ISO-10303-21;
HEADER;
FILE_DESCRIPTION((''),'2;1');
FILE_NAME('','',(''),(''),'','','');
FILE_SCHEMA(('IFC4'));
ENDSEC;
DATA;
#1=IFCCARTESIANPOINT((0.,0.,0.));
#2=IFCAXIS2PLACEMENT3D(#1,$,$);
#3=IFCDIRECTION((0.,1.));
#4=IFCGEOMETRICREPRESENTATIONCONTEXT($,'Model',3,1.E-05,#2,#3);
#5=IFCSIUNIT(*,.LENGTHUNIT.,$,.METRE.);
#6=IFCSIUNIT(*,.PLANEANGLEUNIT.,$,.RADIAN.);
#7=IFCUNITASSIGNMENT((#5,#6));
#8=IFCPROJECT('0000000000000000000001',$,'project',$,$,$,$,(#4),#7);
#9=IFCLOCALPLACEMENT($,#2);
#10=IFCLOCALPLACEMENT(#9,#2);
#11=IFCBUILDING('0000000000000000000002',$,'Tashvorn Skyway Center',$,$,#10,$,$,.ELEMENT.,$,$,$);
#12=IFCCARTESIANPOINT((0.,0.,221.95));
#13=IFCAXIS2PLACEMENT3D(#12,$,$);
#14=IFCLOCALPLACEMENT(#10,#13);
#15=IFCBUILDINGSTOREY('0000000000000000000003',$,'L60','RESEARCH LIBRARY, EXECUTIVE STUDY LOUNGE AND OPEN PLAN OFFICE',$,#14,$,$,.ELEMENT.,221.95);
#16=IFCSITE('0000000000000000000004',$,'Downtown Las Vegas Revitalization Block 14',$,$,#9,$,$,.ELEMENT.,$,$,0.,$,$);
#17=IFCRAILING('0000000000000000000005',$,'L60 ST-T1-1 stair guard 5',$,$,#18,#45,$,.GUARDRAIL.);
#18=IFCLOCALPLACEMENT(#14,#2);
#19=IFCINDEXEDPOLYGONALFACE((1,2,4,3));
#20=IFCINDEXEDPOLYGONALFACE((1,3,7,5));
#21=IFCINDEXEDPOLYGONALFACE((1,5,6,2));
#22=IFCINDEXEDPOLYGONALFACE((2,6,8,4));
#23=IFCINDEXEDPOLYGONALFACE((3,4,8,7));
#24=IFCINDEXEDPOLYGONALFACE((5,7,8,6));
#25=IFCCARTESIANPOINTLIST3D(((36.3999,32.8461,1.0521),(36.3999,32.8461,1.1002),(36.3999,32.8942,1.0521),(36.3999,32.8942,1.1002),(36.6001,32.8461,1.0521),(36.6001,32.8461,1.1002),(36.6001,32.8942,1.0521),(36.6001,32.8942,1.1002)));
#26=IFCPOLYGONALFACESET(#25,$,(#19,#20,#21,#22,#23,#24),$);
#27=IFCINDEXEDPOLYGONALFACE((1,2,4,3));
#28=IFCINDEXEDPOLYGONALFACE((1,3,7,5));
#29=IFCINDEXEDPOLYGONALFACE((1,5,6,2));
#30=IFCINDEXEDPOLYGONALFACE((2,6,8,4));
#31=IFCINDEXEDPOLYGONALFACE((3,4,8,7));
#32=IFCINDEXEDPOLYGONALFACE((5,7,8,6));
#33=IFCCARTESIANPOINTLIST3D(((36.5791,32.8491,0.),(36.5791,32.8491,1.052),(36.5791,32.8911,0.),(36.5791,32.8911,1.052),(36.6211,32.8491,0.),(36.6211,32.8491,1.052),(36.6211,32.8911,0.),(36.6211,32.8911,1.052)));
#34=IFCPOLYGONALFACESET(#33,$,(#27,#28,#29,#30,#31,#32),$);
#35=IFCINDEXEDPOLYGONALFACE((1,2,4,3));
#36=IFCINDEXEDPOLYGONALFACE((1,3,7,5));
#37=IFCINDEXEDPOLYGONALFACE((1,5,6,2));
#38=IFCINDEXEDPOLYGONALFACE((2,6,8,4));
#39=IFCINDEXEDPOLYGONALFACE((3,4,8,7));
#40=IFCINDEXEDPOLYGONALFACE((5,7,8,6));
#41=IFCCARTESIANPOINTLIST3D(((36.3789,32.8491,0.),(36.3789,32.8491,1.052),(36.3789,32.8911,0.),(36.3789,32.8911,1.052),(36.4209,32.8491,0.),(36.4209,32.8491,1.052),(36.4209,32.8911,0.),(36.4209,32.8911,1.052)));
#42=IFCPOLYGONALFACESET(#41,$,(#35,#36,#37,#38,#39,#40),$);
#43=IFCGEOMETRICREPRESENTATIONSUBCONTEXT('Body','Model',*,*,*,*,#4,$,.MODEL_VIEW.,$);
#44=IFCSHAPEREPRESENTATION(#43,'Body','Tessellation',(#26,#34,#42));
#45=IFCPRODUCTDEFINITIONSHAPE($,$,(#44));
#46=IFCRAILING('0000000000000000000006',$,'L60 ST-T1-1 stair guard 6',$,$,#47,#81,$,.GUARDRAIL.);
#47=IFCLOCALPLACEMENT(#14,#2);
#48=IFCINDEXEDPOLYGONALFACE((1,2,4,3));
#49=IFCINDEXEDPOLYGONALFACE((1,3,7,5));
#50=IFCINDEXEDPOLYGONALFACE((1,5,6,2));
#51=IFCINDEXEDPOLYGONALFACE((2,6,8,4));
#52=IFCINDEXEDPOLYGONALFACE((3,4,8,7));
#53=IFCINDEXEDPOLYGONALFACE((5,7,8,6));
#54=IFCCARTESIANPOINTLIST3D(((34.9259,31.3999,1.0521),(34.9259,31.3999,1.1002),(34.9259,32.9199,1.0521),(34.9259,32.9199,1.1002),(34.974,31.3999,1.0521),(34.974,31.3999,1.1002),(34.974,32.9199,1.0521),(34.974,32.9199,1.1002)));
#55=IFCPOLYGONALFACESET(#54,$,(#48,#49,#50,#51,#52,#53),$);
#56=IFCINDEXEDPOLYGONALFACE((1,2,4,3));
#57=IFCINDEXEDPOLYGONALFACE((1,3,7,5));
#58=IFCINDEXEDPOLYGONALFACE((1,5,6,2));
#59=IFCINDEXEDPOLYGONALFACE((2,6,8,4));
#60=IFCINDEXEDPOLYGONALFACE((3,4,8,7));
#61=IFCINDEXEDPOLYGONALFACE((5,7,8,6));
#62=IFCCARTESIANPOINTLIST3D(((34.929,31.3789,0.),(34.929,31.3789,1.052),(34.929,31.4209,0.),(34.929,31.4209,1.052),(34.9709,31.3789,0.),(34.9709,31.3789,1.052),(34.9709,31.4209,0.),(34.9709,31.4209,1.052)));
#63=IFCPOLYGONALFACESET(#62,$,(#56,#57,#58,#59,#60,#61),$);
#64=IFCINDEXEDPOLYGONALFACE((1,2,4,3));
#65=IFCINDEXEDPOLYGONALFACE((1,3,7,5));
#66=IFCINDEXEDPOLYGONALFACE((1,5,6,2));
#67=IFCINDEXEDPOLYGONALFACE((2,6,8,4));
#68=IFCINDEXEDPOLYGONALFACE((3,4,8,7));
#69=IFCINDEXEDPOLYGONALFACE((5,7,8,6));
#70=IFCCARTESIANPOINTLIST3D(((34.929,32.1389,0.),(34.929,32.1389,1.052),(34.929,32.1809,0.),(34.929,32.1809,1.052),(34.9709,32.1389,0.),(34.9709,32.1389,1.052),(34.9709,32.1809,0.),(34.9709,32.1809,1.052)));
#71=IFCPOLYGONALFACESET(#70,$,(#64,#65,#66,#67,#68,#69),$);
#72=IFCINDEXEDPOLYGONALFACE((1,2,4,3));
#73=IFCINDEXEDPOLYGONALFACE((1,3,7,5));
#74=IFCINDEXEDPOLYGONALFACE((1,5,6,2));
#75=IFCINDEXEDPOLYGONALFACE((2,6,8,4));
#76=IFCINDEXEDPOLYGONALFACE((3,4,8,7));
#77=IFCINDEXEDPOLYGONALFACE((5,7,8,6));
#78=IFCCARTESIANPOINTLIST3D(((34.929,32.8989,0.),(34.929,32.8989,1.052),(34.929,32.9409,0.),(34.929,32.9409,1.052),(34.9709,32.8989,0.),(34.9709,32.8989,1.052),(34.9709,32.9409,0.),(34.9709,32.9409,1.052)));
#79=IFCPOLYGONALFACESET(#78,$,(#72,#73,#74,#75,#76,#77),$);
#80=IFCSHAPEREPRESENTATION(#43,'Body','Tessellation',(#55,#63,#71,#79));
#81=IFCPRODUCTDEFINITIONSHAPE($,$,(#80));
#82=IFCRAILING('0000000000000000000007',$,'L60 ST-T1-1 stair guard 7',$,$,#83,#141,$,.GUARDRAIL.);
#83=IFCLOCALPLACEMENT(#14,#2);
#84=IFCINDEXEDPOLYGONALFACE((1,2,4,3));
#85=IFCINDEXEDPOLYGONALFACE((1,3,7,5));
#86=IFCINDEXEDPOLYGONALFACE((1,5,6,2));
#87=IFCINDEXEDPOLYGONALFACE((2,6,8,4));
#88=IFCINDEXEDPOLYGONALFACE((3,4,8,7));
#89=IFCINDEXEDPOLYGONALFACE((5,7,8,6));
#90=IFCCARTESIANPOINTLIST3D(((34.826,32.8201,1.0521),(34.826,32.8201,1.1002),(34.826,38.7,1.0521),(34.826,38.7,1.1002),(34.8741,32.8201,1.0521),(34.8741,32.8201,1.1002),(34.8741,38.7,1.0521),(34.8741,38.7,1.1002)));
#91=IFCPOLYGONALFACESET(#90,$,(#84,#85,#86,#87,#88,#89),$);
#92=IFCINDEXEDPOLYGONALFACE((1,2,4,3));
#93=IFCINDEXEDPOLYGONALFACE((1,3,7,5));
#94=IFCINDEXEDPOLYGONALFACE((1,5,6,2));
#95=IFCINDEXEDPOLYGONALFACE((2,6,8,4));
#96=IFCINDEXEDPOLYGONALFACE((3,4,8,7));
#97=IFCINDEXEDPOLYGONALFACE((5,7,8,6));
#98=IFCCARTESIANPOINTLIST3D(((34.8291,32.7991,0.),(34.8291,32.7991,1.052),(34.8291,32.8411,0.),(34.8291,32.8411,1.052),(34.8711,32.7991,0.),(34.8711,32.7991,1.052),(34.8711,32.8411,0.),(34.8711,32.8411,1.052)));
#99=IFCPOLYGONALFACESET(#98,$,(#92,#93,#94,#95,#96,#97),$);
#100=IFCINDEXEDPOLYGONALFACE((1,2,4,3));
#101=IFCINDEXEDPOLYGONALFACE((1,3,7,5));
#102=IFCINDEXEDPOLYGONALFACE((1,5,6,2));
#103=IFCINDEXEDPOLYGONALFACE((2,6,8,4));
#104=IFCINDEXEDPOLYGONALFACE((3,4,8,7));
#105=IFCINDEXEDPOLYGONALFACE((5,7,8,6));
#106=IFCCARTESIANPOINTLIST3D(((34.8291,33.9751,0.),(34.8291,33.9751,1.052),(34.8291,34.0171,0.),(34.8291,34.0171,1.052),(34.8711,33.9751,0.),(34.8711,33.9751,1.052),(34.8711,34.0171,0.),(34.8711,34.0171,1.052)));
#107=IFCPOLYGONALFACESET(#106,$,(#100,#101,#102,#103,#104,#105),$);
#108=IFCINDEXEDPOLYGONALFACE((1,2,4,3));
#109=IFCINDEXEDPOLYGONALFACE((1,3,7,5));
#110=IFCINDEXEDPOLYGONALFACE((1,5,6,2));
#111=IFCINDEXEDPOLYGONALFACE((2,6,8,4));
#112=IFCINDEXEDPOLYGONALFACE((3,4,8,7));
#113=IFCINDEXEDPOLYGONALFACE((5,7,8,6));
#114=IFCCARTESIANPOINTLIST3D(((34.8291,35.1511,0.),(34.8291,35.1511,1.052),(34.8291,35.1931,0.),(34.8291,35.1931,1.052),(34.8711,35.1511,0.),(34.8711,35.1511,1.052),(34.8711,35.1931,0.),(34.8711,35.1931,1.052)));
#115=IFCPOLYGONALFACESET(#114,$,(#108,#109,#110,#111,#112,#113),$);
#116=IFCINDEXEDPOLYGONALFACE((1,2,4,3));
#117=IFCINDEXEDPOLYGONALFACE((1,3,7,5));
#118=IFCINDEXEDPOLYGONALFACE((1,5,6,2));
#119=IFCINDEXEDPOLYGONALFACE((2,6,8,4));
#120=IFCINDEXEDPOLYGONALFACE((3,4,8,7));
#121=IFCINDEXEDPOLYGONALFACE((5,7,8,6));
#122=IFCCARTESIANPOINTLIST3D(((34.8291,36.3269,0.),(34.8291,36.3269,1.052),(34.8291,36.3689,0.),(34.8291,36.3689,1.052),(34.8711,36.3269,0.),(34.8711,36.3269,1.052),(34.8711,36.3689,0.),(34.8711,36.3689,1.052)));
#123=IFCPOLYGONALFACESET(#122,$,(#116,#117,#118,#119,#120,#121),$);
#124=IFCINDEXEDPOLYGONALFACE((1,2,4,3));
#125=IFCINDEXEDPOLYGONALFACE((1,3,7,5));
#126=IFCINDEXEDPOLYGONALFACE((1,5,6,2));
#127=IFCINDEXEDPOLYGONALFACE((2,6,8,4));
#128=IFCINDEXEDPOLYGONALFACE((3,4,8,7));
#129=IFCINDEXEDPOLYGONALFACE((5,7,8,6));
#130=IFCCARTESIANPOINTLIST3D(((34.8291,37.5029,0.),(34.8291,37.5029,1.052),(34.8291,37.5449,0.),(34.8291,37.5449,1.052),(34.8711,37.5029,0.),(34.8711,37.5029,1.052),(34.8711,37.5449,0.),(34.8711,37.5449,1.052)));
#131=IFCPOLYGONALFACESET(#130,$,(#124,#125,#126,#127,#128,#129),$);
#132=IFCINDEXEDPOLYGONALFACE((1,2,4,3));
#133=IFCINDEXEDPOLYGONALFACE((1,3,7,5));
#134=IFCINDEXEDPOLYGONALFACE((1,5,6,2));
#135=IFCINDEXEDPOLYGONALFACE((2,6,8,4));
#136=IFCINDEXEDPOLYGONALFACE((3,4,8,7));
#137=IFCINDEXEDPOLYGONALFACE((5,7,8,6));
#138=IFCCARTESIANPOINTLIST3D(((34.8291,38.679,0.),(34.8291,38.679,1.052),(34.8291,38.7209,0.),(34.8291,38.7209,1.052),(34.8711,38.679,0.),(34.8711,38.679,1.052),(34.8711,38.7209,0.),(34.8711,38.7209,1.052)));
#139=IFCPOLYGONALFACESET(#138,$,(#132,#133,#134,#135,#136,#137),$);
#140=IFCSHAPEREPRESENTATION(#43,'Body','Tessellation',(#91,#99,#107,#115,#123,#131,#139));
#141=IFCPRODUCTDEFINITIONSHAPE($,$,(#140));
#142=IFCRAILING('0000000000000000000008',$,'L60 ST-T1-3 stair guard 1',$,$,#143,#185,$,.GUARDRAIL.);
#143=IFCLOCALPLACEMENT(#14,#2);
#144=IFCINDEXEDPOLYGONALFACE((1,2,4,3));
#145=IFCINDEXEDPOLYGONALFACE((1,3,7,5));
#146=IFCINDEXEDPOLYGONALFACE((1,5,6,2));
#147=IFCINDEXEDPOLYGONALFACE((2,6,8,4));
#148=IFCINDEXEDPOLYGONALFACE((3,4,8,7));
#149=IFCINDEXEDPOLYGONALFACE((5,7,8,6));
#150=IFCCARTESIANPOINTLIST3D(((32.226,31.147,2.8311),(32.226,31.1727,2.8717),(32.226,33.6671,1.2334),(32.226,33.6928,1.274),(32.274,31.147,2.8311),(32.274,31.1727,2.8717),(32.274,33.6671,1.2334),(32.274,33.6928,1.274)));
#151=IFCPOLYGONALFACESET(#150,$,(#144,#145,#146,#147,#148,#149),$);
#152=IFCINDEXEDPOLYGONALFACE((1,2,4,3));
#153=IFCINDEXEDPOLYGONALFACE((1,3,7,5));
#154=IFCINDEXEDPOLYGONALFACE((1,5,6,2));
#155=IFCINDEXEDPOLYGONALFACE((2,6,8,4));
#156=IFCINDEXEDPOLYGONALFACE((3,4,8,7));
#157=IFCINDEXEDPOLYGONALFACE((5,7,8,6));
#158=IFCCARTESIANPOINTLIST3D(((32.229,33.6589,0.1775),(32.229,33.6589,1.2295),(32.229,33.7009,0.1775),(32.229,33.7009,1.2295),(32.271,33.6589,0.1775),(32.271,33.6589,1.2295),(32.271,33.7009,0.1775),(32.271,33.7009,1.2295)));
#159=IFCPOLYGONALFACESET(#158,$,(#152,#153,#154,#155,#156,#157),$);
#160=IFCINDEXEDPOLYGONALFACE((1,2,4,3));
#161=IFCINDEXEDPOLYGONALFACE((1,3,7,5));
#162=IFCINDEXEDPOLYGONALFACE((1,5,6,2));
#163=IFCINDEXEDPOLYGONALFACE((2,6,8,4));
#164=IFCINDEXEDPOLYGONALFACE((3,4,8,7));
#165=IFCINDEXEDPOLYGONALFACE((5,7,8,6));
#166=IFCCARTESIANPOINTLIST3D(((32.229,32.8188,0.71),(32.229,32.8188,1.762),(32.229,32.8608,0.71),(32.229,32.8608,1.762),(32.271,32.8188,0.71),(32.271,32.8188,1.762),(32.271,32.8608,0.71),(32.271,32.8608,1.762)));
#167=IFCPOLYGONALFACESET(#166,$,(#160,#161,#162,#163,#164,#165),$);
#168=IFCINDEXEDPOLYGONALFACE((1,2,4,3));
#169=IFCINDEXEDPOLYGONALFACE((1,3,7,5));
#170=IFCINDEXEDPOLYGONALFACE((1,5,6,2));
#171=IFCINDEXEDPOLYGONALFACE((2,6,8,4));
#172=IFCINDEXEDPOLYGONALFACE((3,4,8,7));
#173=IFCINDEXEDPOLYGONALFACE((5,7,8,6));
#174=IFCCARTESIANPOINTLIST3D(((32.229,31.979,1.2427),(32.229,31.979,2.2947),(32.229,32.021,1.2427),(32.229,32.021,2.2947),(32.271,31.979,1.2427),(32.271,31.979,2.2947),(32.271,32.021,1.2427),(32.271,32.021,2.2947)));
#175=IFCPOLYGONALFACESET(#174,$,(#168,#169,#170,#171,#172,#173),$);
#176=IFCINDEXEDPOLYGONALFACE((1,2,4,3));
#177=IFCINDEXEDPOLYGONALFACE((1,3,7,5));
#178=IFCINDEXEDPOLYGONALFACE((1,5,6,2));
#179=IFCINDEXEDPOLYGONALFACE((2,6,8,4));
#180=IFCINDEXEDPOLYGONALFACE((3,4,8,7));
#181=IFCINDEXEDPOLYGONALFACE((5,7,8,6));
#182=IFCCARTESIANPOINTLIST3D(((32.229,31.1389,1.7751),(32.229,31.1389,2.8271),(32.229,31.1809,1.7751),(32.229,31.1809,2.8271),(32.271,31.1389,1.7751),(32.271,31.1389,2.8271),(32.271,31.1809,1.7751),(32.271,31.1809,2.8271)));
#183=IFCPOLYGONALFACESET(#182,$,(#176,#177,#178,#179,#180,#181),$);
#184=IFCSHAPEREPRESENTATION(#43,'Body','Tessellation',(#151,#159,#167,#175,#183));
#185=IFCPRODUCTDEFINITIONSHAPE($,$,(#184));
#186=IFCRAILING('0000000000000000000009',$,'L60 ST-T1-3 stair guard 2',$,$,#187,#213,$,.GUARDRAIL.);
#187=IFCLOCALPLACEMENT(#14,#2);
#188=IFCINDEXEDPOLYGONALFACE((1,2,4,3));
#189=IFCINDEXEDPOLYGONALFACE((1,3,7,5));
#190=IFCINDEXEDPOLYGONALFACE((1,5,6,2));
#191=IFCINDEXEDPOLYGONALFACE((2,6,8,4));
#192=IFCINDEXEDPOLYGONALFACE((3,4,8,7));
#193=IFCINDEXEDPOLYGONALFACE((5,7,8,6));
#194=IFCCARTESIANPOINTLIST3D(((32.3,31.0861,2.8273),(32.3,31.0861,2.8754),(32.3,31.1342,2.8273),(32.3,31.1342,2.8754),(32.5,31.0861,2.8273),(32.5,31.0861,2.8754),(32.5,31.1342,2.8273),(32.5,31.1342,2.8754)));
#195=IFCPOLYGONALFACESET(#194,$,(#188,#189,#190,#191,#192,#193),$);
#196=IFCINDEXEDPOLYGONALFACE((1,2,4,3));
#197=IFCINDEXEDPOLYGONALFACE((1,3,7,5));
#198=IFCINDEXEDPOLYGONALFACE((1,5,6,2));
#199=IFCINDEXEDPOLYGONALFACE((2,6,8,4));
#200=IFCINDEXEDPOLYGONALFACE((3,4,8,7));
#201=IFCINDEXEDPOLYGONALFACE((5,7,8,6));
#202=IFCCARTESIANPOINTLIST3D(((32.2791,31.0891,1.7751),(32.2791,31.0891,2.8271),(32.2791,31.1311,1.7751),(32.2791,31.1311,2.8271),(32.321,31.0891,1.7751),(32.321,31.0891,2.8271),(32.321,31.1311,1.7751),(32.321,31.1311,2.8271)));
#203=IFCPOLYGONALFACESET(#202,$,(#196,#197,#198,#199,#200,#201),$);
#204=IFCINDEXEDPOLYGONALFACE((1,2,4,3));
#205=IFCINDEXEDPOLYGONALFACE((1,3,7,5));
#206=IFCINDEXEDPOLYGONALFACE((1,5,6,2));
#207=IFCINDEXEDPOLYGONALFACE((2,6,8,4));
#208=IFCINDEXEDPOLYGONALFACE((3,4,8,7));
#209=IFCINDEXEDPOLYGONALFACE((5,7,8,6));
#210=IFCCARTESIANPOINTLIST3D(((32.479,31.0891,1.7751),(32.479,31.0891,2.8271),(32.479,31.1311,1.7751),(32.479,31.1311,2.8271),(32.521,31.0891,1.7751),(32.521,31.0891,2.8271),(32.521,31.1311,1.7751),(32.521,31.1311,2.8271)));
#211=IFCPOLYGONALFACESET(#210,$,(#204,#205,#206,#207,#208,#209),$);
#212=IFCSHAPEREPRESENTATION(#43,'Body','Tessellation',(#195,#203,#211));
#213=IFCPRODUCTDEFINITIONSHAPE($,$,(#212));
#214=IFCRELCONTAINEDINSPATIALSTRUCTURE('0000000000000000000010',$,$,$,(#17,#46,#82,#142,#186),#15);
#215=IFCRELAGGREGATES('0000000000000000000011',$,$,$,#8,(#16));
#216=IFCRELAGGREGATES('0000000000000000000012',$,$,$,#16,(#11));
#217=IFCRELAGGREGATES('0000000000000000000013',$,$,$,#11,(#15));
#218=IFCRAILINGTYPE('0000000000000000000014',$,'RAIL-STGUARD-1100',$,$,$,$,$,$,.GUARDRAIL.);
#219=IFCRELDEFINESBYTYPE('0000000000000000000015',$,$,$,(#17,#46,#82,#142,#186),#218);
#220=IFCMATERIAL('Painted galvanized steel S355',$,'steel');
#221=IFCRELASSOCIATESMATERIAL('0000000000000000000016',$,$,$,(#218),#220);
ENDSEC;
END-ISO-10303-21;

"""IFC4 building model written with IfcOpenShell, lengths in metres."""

from ifc_helpers import new_model, si_unit, direction, frame, origin, origin_2d, place, context, subcontext, project, spatial, rectangle, extrude, material, type_object, element, save


model = new_model("IFC4")

# Units and contexts
model_context = context("Model", 3, precision=1e-05, world=origin(), true_north=direction((0.0, 1.0)))
body_context = subcontext(model_context, "Body", "Model", "MODEL_VIEW")
ifc_project = project(units=[si_unit("LENGTHUNIT", "METRE"), si_unit("PLANEANGLEUNIT", "RADIAN")], contexts=[model_context])

# Site, building, storey
site_placement = place(None, origin())
site = spatial("IfcSite", under=ifc_project, at=site_placement, Name="Downtown Las Vegas Revitalization Block 14", CompositionType="ELEMENT", RefElevation=0.0)
building_placement = place(site_placement, origin())
building = spatial("IfcBuilding", under=site, at=building_placement, Name="Tashvorn Skyway Center", CompositionType="ELEMENT")
storey_placement = place(building_placement, frame((0.0, 0.0, 221.95)))
storey = spatial("IfcBuildingStorey", under=building, at=storey_placement, Name="L60", Description="RESEARCH LIBRARY, EXECUTIVE STUDY LOUNGE AND OPEN PLAN OFFICE", CompositionType="ELEMENT", Elevation=221.95)

# Railings
ifc_material_1 = material(Name="Painted galvanized steel S355", Category="steel")
railing_type_1 = type_object("IfcRailingType", Name="RAIL-STGUARD-1100", PredefinedType="GUARDRAIL", material=ifc_material_1)
railing_1_placement = place(storey_placement, frame((36.6001, 32.8701, 0.0)))
element("IfcRailing", 1, at=railing_1_placement, inside=storey, type_object=railing_type_1, Name="L60 ST-T1-1 stair guard 5", PredefinedType="GUARDRAIL", context=body_context, shape_type="SweptSolid", body=[
    extrude(rectangle(XDim=0.0481, YDim=0.0481, at=origin_2d()), frame((0.0, 0.0, 1.0762), z_axis=(-1.0, 0.0, 0.0), x_axis=(0.0, -1.0, 0.0)), (0.0, 0.0, 1.0), 0.2002),
    extrude(rectangle(XDim=0.042, YDim=0.042, at=origin_2d()), origin(), (0.0, 0.0, 1.0), 1.052),
    extrude(rectangle(XDim=0.042, YDim=0.042, at=origin_2d()), frame((-0.2002, 0.0, 0.0)), (0.0, 0.0, 1.0), 1.052),
])
railing_2_placement = place(storey_placement, frame((34.95, 31.3999, 0.0)))
element("IfcRailing", 2, at=railing_2_placement, inside=storey, type_object=railing_type_1, Name="L60 ST-T1-1 stair guard 6", PredefinedType="GUARDRAIL", context=body_context, shape_type="SweptSolid", body=[
    extrude(rectangle(XDim=0.0481, YDim=0.0481, at=origin_2d()), frame((0.0, 0.0, 1.0762), z_axis=(0.0, 1.0, 0.0), x_axis=(-1.0, 0.0, 0.0)), (0.0, 0.0, 1.0), 1.52),
    extrude(rectangle(XDim=0.042, YDim=0.042, at=origin_2d()), origin(), (0.0, 0.0, 1.0), 1.052),
    extrude(rectangle(XDim=0.042, YDim=0.042, at=origin_2d()), frame((0.0, 0.76, 0.0)), (0.0, 0.0, 1.0), 1.052),
    extrude(rectangle(XDim=0.042, YDim=0.042, at=origin_2d()), frame((0.0, 1.52, 0.0)), (0.0, 0.0, 1.0), 1.052),
])
railing_3_placement = place(storey_placement, frame((34.8501, 32.8201, 0.0)))
element("IfcRailing", 3, at=railing_3_placement, inside=storey, type_object=railing_type_1, Name="L60 ST-T1-1 stair guard 7", PredefinedType="GUARDRAIL", context=body_context, shape_type="SweptSolid", body=[
    extrude(rectangle(XDim=0.0481, YDim=0.0481, at=origin_2d()), frame((0.0, 0.0, 1.0762), z_axis=(0.0, 1.0, 0.0), x_axis=(-1.0, 0.0, 0.0)), (0.0, 0.0, 1.0), 5.8799),
    extrude(rectangle(XDim=0.042, YDim=0.042, at=origin_2d()), origin(), (0.0, 0.0, 1.0), 1.052),
    extrude(rectangle(XDim=0.042, YDim=0.042, at=origin_2d()), frame((0.0, 1.176, 0.0)), (0.0, 0.0, 1.0), 1.052),
    extrude(rectangle(XDim=0.042, YDim=0.042, at=origin_2d()), frame((0.0, 2.3521, 0.0)), (0.0, 0.0, 1.0), 1.052),
    extrude(rectangle(XDim=0.042, YDim=0.042, at=origin_2d()), frame((0.0, 3.5278, 0.0)), (0.0, 0.0, 1.0), 1.052),
    extrude(rectangle(XDim=0.042, YDim=0.042, at=origin_2d()), frame((0.0, 4.7039, 0.0)), (0.0, 0.0, 1.0), 1.052),
    extrude(rectangle(XDim=0.042, YDim=0.042, at=origin_2d()), frame((0.0, 5.8799, 0.0)), (0.0, 0.0, 1.0), 1.052),
])
railing_4_placement = place(storey_placement, frame((32.25, 33.6799, 0.1775)))
element("IfcRailing", 4, at=railing_4_placement, inside=storey, type_object=railing_type_1, Name="L60 ST-T1-3 stair guard 1", PredefinedType="GUARDRAIL", context=body_context, shape_type="SweptSolid", body=[
    extrude(rectangle(XDim=0.0481, YDim=0.0481, at=origin_2d()), frame((0.0, 0.0, 1.0762), z_axis=(0.0, -0.84457, 0.535445), x_axis=(1.0, 0.0, 0.0)), (0.0, 0.0, 1.0), 2.9839),
    extrude(rectangle(XDim=0.042, YDim=0.042, at=origin_2d()), origin(), (0.0, 0.0, 1.0), 1.052),
    extrude(rectangle(XDim=0.042, YDim=0.042, at=origin_2d()), frame((0.0, -0.8401, 0.5325)), (0.0, 0.0, 1.0), 1.052),
    extrude(rectangle(XDim=0.042, YDim=0.042, at=origin_2d()), frame((0.0, -1.6799, 1.0652)), (0.0, 0.0, 1.0), 1.052),
    extrude(rectangle(XDim=0.042, YDim=0.042, at=origin_2d()), frame((0.0, -2.52, 1.5977)), (0.0, 0.0, 1.0), 1.052),
])
railing_5_placement = place(storey_placement, frame((32.3, 31.1101, 1.7751)))
element("IfcRailing", 5, at=railing_5_placement, inside=storey, type_object=railing_type_1, Name="L60 ST-T1-3 stair guard 2", PredefinedType="GUARDRAIL", context=body_context, shape_type="SweptSolid", body=[
    extrude(rectangle(XDim=0.0481, YDim=0.0481, at=origin_2d()), frame((0.0, 0.0, 1.0762), z_axis=(1.0, 0.0, 0.0), x_axis=(0.0, 1.0, 0.0)), (0.0, 0.0, 1.0), 0.2),
    extrude(rectangle(XDim=0.042, YDim=0.042, at=origin_2d()), origin(), (0.0, 0.0, 1.0), 1.052),
    extrude(rectangle(XDim=0.042, YDim=0.042, at=origin_2d()), frame((0.2, 0.0, 0.0)), (0.0, 0.0, 1.0), 1.052),
])

save(model, "model.ifc")
